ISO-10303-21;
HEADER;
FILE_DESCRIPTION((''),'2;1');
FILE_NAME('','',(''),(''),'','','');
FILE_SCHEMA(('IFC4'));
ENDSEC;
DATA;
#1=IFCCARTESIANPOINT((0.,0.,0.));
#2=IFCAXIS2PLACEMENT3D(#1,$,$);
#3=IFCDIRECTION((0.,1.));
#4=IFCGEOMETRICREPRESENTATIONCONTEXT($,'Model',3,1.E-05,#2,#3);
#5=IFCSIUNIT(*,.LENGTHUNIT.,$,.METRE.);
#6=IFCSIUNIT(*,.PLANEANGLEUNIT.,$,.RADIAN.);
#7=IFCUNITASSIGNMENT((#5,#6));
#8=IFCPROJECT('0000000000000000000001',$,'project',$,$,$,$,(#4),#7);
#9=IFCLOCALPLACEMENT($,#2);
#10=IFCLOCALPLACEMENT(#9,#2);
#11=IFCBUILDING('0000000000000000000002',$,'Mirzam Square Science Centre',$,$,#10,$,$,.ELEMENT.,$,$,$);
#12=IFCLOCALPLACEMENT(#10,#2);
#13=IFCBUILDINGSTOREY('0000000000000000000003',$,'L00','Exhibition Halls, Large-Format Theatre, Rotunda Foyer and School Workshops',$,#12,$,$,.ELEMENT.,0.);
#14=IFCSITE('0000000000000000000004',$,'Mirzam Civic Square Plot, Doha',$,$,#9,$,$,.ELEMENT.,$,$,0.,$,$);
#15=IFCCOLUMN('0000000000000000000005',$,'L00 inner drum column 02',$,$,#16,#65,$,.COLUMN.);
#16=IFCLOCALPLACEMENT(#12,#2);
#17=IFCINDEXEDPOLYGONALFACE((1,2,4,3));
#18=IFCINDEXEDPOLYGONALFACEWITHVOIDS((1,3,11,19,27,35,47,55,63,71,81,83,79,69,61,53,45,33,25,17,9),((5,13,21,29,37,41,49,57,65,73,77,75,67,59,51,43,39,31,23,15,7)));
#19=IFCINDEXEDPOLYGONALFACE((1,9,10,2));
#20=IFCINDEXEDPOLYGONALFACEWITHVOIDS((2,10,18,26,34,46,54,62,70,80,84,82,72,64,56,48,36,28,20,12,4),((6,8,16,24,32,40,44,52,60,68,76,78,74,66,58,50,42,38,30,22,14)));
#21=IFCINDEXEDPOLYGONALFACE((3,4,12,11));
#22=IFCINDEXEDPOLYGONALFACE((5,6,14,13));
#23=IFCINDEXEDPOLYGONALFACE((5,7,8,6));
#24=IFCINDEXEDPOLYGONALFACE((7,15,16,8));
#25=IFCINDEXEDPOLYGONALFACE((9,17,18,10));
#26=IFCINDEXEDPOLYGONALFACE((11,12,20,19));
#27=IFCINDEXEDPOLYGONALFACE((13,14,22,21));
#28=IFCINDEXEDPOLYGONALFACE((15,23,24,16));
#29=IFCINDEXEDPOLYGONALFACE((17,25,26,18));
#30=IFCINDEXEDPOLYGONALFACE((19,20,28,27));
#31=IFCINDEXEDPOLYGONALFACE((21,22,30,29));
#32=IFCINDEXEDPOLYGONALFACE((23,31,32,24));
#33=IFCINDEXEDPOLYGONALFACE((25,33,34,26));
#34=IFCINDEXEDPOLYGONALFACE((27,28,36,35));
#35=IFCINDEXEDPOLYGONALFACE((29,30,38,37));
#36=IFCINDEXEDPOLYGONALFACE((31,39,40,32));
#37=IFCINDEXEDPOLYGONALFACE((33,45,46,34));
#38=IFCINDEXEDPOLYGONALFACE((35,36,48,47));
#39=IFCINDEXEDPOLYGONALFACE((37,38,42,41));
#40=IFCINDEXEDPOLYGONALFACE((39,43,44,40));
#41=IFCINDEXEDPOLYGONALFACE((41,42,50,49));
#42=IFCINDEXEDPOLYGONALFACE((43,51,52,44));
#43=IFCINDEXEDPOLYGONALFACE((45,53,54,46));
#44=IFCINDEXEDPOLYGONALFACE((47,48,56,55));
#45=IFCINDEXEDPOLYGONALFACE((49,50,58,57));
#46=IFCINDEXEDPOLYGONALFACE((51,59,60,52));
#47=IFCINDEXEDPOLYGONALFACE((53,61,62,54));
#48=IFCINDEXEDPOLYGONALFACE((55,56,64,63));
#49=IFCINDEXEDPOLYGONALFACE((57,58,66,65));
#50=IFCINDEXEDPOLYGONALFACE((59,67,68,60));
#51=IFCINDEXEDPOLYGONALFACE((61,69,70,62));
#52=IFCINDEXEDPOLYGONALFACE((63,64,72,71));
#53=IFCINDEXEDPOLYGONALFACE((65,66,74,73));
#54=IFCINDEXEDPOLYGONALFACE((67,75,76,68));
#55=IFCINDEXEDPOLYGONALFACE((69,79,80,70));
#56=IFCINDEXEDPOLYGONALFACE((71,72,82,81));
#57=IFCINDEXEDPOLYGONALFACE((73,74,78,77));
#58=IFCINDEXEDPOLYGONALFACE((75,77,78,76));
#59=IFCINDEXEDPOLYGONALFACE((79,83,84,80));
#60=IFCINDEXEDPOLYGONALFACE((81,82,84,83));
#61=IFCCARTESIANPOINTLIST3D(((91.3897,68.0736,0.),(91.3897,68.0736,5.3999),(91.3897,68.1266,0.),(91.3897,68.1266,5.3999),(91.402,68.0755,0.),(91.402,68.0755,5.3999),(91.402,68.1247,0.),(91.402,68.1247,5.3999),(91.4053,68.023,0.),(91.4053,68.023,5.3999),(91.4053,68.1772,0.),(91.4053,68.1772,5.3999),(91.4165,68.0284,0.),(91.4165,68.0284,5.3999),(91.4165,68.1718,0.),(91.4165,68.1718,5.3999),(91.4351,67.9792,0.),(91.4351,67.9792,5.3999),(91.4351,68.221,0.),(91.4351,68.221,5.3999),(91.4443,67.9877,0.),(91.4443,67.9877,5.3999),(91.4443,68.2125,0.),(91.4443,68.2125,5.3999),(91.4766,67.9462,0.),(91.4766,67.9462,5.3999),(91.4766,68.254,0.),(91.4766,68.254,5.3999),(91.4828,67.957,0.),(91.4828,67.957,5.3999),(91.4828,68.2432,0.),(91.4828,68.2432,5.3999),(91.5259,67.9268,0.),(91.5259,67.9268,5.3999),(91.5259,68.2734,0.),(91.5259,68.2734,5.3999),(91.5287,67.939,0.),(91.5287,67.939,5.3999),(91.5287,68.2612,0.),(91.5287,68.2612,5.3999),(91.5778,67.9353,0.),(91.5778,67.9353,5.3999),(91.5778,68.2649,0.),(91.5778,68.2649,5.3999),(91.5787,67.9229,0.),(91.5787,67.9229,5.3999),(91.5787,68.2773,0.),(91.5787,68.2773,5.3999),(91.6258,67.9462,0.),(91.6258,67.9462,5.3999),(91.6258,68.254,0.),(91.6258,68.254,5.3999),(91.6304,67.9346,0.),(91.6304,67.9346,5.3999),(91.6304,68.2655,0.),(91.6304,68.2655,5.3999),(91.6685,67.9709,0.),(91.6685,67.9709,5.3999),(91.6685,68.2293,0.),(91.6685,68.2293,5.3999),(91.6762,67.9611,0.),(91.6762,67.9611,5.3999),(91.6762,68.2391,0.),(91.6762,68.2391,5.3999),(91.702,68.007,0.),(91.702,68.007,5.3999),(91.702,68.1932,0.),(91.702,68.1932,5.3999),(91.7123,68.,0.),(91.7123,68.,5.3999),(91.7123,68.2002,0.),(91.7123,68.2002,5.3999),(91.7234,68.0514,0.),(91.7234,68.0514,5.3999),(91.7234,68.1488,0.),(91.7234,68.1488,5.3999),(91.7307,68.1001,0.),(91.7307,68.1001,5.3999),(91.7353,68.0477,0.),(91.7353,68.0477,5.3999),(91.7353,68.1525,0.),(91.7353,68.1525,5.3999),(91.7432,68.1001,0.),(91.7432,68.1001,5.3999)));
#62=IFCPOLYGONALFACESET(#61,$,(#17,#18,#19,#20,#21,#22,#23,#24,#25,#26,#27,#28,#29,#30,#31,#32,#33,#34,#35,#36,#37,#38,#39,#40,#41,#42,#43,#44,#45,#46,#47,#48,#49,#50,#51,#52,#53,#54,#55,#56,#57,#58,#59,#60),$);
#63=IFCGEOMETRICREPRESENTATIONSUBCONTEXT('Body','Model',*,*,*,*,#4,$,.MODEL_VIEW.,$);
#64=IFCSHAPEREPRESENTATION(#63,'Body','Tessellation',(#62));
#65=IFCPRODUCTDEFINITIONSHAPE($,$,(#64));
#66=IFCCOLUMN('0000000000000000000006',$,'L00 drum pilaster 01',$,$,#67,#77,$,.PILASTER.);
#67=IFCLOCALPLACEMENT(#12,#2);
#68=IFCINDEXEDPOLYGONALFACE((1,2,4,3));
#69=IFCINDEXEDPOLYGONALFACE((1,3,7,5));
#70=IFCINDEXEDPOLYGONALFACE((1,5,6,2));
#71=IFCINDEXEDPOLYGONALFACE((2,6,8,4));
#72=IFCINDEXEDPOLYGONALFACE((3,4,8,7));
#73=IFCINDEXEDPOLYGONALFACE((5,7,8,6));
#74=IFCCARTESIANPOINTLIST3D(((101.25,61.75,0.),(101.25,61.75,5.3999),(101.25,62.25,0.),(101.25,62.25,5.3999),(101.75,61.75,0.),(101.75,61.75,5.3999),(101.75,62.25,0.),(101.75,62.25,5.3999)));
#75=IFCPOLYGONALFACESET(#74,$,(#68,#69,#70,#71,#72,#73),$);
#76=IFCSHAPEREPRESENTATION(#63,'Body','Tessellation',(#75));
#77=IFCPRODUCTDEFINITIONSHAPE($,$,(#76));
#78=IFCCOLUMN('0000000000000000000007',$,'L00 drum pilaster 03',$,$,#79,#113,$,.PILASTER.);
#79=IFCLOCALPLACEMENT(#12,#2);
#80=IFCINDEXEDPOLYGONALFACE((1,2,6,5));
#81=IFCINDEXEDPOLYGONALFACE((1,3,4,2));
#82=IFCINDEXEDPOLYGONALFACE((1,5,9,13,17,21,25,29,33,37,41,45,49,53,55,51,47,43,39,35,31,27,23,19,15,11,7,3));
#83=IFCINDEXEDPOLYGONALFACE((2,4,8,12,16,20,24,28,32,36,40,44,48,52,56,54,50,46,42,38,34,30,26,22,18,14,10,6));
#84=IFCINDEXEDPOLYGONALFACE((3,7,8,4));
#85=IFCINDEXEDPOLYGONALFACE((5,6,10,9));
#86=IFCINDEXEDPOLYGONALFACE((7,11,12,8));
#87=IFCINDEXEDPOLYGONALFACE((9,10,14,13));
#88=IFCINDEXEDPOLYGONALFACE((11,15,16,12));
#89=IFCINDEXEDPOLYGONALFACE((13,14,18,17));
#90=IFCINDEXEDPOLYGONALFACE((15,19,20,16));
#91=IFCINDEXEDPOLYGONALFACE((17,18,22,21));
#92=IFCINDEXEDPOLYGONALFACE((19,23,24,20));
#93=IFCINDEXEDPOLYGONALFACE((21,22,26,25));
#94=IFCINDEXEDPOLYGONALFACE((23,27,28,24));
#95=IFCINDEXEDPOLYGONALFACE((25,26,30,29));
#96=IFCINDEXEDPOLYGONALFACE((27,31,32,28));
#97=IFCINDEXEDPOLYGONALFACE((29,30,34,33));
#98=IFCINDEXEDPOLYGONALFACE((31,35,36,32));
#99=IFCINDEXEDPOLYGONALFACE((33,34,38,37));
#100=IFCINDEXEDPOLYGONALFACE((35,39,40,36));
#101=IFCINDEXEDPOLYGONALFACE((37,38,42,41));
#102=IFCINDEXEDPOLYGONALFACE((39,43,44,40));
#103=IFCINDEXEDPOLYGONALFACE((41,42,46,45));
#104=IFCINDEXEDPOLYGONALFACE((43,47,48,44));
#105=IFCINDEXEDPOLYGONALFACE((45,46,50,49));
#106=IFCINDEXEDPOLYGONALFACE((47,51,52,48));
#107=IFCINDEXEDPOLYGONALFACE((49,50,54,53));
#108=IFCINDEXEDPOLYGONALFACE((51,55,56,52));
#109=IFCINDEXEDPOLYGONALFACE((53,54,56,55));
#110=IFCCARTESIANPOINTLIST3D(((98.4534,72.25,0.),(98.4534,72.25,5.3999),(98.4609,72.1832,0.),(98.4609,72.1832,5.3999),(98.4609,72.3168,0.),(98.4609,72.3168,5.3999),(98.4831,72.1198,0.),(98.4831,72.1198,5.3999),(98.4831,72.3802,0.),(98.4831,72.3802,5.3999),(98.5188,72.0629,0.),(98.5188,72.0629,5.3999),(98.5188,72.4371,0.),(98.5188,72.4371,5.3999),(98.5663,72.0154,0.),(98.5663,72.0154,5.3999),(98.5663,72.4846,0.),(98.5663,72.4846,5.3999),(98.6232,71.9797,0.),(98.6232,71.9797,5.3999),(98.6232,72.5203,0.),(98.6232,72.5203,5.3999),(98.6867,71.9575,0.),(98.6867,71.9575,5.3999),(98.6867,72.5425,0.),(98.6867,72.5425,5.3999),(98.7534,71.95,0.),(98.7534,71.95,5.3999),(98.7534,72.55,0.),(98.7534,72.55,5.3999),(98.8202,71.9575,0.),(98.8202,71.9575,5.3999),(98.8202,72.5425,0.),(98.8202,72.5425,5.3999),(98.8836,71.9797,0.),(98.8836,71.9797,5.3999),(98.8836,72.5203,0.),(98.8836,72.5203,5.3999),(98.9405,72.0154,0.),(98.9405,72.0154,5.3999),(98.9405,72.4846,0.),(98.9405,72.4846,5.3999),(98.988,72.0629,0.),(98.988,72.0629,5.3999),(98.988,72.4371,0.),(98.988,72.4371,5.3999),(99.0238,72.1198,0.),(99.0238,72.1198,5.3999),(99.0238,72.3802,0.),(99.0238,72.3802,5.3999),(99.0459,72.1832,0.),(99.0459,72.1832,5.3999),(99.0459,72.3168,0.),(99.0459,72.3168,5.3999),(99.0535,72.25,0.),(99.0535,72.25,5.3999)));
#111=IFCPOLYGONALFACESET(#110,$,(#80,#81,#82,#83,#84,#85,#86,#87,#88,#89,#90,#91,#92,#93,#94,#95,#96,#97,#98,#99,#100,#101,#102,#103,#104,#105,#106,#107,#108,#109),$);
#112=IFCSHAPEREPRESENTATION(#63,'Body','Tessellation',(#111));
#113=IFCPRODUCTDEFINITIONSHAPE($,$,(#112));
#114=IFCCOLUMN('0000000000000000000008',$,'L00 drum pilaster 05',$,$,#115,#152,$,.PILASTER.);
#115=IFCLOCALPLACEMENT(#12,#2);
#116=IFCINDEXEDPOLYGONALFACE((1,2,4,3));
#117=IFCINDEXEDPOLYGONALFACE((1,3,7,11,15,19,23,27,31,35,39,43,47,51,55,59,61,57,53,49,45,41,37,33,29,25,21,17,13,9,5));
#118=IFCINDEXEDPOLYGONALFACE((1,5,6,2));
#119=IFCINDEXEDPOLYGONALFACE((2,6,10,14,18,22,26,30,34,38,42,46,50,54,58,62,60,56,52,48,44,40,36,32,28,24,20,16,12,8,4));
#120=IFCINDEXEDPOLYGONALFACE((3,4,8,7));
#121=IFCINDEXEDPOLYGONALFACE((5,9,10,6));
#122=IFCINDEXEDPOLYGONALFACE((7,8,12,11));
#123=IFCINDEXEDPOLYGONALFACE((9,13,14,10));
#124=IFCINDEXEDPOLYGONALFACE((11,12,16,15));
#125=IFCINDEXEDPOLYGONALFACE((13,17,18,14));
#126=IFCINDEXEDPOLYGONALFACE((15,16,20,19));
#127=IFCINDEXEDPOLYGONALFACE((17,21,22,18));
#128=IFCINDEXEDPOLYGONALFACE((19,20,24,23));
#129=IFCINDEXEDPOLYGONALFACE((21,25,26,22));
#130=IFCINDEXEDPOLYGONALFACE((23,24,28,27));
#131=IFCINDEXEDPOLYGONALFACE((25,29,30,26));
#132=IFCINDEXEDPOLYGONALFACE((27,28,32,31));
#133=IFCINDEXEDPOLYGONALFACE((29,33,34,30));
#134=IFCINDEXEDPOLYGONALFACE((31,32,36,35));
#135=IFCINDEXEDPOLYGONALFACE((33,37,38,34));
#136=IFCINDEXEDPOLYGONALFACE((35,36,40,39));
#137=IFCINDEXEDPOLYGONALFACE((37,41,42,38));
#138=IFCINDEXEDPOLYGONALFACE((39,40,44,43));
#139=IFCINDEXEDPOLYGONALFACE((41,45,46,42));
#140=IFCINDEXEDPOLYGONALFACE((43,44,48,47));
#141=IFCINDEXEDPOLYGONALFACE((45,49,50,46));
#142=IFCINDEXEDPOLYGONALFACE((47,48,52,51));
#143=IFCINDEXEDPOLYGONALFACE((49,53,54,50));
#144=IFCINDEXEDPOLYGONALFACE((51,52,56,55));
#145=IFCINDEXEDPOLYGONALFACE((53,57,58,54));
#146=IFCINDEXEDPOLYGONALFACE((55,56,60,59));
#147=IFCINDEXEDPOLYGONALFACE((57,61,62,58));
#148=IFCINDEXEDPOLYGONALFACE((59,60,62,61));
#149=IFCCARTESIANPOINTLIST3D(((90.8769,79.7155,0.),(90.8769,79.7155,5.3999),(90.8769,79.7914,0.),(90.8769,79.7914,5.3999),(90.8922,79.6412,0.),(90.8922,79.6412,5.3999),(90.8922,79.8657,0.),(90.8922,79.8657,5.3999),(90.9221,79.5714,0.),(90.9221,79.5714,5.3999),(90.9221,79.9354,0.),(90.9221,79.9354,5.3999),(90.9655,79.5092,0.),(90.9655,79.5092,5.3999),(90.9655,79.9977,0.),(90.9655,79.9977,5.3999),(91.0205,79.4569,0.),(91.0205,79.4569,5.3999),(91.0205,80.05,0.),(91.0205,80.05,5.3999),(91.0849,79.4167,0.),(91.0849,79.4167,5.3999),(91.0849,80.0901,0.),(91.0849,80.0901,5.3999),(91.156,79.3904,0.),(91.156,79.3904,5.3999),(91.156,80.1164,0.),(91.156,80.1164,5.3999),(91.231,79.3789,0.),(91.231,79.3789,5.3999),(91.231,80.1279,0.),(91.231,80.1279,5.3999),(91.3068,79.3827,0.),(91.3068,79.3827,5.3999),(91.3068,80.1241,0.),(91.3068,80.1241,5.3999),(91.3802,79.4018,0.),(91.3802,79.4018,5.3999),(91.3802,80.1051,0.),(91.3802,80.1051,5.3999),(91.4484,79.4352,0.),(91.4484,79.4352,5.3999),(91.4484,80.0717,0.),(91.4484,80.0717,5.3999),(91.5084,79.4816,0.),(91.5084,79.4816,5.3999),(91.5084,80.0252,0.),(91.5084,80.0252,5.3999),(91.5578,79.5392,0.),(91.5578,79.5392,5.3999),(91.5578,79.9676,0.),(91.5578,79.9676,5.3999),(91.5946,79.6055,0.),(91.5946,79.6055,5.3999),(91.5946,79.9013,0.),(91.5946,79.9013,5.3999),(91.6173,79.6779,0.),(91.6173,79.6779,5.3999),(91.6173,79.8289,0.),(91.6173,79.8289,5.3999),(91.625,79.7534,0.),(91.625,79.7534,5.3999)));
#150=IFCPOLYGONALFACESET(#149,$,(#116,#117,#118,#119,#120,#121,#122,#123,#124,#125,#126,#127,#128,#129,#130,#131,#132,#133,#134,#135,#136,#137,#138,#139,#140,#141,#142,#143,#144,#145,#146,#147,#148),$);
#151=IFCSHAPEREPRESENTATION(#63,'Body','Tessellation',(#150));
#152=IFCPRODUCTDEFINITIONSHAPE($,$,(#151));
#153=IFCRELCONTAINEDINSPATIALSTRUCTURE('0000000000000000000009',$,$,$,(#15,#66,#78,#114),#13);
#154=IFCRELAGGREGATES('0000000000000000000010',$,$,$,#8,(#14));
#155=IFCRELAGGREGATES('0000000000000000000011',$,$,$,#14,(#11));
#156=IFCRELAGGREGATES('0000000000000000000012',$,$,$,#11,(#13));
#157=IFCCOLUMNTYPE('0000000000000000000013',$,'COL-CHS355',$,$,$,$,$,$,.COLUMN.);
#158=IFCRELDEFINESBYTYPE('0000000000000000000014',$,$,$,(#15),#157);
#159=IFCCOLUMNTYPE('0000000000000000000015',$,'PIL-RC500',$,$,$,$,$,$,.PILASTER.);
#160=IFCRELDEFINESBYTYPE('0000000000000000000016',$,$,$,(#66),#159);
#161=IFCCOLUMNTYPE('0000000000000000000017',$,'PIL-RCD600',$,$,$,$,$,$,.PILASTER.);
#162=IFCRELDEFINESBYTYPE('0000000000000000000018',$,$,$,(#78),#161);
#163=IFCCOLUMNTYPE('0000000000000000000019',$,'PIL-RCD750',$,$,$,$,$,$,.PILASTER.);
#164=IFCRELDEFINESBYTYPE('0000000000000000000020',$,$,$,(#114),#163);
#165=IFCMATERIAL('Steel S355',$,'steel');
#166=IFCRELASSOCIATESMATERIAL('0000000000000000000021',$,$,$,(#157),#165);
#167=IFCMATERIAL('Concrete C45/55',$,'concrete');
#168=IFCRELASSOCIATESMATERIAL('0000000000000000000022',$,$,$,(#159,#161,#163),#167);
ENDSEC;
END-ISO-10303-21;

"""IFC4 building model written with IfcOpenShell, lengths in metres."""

from ifc_helpers import new_model, si_unit, direction, frame, origin, origin_2d, place, context, subcontext, project, spatial, rectangle, circle, hollow_circle, extrude, material, material_profile, profile_set, type_object, element, save


model = new_model("IFC4")

# Units and contexts
model_context = context("Model", 3, precision=1e-05, world=origin(), true_north=direction((0.0, 1.0)))
body_context = subcontext(model_context, "Body", "Model", "MODEL_VIEW")
ifc_project = project(units=[si_unit("LENGTHUNIT", "METRE"), si_unit("PLANEANGLEUNIT", "RADIAN")], contexts=[model_context])

# Site, building, storey
site_placement = place(None, origin())
site = spatial("IfcSite", under=ifc_project, at=site_placement, Name="Mirzam Civic Square Plot, Doha", CompositionType="ELEMENT", RefElevation=0.0)
building_placement = place(site_placement, origin())
building = spatial("IfcBuilding", under=site, at=building_placement, Name="Mirzam Square Science Centre", CompositionType="ELEMENT")
storey_placement = place(building_placement, origin())
storey = spatial("IfcBuildingStorey", under=building, at=storey_placement, Name="L00", Description="Exhibition Halls, Large-Format Theatre, Rotunda Foyer and School Workshops", CompositionType="ELEMENT", Elevation=0.0)

# Columns
ifc_material_1 = material(Name="Steel S355", Category="steel")
ifc_material_profile_1 = material_profile(ifc_material_1, hollow_circle(Radius=0.1777, WallThickness=0.0125, at=origin_2d()), Name="355.6x12.5CHS")
ifc_profile_set_1 = profile_set([ifc_material_profile_1], Name="Steel S355")
column_type_1 = type_object("IfcColumnType", Name="COL-CHS355", PredefinedType="COLUMN", material=ifc_profile_set_1)
for number, where, z_axis, x_axis, name in (
    (1, (91.5654, 68.1001, 0.0), (0.0, 0.0, 1.0), (1.0, 0.0, 0.0), "L00 inner drum column 02"),
):
    element("IfcColumn", number, at=place(storey_placement, frame(where, z_axis=z_axis, x_axis=x_axis)), inside=storey, type_object=column_type_1, Name=name, PredefinedType="COLUMN", context=body_context, shape_type="SweptSolid", body=[
        extrude(hollow_circle(Radius=0.1777, WallThickness=0.0125, at=origin_2d()), origin(), (0.0, 0.0, 1.0), 5.3999),
    ])
ifc_material_2 = material(Name="Concrete C45/55", Category="concrete")
ifc_material_profile_2 = material_profile(ifc_material_2, rectangle(XDim=0.5, YDim=0.5, at=origin_2d()), Name="RC500x500")
ifc_profile_set_2 = profile_set([ifc_material_profile_2], Name="Concrete C45/55")
column_type_2 = type_object("IfcColumnType", Name="PIL-RC500", PredefinedType="PILASTER", material=ifc_profile_set_2)
column_1_placement = place(storey_placement, frame((101.5, 62.0, 0.0), z_axis=(0.0, 0.0, 1.0), x_axis=(1.0, 0.0, 0.0)))
element("IfcColumn", 2, at=column_1_placement, inside=storey, type_object=column_type_2, Name="L00 drum pilaster 01", PredefinedType="PILASTER", context=body_context, shape_type="SweptSolid", body=[
    extrude(rectangle(XDim=0.5, YDim=0.5, at=origin_2d()), origin(), (0.0, 0.0, 1.0), 5.3999),
])
ifc_material_profile_3 = material_profile(ifc_material_2, circle(Radius=0.3, at=origin_2d()), Name="RCD600")
ifc_profile_set_3 = profile_set([ifc_material_profile_3], Name="Concrete C45/55")
column_type_3 = type_object("IfcColumnType", Name="PIL-RCD600", PredefinedType="PILASTER", material=ifc_profile_set_3)
column_2_placement = place(storey_placement, frame((98.7534, 72.25, 0.0), z_axis=(0.0, 0.0, 1.0), x_axis=(1.0, 0.0, 0.0)))
element("IfcColumn", 3, at=column_2_placement, inside=storey, type_object=column_type_3, Name="L00 drum pilaster 03", PredefinedType="PILASTER", context=body_context, shape_type="SweptSolid", body=[
    extrude(circle(Radius=0.3, at=origin_2d()), origin(), (0.0, 0.0, 1.0), 5.3999),
])
ifc_material_profile_4 = material_profile(ifc_material_2, circle(Radius=0.375, at=origin_2d()), Name="RCD750")
ifc_profile_set_4 = profile_set([ifc_material_profile_4], Name="Concrete C45/55")
column_type_4 = type_object("IfcColumnType", Name="PIL-RCD750", PredefinedType="PILASTER", material=ifc_profile_set_4)
column_3_placement = place(storey_placement, frame((91.25, 79.7534, 0.0), z_axis=(0.0, 0.0, 1.0), x_axis=(1.0, 0.0, 0.0)))
element("IfcColumn", 4, at=column_3_placement, inside=storey, type_object=column_type_4, Name="L00 drum pilaster 05", PredefinedType="PILASTER", context=body_context, shape_type="SweptSolid", body=[
    extrude(circle(Radius=0.375, at=origin_2d()), origin(), (0.0, 0.0, 1.0), 5.3999),
])

save(model, "model.ifc")
